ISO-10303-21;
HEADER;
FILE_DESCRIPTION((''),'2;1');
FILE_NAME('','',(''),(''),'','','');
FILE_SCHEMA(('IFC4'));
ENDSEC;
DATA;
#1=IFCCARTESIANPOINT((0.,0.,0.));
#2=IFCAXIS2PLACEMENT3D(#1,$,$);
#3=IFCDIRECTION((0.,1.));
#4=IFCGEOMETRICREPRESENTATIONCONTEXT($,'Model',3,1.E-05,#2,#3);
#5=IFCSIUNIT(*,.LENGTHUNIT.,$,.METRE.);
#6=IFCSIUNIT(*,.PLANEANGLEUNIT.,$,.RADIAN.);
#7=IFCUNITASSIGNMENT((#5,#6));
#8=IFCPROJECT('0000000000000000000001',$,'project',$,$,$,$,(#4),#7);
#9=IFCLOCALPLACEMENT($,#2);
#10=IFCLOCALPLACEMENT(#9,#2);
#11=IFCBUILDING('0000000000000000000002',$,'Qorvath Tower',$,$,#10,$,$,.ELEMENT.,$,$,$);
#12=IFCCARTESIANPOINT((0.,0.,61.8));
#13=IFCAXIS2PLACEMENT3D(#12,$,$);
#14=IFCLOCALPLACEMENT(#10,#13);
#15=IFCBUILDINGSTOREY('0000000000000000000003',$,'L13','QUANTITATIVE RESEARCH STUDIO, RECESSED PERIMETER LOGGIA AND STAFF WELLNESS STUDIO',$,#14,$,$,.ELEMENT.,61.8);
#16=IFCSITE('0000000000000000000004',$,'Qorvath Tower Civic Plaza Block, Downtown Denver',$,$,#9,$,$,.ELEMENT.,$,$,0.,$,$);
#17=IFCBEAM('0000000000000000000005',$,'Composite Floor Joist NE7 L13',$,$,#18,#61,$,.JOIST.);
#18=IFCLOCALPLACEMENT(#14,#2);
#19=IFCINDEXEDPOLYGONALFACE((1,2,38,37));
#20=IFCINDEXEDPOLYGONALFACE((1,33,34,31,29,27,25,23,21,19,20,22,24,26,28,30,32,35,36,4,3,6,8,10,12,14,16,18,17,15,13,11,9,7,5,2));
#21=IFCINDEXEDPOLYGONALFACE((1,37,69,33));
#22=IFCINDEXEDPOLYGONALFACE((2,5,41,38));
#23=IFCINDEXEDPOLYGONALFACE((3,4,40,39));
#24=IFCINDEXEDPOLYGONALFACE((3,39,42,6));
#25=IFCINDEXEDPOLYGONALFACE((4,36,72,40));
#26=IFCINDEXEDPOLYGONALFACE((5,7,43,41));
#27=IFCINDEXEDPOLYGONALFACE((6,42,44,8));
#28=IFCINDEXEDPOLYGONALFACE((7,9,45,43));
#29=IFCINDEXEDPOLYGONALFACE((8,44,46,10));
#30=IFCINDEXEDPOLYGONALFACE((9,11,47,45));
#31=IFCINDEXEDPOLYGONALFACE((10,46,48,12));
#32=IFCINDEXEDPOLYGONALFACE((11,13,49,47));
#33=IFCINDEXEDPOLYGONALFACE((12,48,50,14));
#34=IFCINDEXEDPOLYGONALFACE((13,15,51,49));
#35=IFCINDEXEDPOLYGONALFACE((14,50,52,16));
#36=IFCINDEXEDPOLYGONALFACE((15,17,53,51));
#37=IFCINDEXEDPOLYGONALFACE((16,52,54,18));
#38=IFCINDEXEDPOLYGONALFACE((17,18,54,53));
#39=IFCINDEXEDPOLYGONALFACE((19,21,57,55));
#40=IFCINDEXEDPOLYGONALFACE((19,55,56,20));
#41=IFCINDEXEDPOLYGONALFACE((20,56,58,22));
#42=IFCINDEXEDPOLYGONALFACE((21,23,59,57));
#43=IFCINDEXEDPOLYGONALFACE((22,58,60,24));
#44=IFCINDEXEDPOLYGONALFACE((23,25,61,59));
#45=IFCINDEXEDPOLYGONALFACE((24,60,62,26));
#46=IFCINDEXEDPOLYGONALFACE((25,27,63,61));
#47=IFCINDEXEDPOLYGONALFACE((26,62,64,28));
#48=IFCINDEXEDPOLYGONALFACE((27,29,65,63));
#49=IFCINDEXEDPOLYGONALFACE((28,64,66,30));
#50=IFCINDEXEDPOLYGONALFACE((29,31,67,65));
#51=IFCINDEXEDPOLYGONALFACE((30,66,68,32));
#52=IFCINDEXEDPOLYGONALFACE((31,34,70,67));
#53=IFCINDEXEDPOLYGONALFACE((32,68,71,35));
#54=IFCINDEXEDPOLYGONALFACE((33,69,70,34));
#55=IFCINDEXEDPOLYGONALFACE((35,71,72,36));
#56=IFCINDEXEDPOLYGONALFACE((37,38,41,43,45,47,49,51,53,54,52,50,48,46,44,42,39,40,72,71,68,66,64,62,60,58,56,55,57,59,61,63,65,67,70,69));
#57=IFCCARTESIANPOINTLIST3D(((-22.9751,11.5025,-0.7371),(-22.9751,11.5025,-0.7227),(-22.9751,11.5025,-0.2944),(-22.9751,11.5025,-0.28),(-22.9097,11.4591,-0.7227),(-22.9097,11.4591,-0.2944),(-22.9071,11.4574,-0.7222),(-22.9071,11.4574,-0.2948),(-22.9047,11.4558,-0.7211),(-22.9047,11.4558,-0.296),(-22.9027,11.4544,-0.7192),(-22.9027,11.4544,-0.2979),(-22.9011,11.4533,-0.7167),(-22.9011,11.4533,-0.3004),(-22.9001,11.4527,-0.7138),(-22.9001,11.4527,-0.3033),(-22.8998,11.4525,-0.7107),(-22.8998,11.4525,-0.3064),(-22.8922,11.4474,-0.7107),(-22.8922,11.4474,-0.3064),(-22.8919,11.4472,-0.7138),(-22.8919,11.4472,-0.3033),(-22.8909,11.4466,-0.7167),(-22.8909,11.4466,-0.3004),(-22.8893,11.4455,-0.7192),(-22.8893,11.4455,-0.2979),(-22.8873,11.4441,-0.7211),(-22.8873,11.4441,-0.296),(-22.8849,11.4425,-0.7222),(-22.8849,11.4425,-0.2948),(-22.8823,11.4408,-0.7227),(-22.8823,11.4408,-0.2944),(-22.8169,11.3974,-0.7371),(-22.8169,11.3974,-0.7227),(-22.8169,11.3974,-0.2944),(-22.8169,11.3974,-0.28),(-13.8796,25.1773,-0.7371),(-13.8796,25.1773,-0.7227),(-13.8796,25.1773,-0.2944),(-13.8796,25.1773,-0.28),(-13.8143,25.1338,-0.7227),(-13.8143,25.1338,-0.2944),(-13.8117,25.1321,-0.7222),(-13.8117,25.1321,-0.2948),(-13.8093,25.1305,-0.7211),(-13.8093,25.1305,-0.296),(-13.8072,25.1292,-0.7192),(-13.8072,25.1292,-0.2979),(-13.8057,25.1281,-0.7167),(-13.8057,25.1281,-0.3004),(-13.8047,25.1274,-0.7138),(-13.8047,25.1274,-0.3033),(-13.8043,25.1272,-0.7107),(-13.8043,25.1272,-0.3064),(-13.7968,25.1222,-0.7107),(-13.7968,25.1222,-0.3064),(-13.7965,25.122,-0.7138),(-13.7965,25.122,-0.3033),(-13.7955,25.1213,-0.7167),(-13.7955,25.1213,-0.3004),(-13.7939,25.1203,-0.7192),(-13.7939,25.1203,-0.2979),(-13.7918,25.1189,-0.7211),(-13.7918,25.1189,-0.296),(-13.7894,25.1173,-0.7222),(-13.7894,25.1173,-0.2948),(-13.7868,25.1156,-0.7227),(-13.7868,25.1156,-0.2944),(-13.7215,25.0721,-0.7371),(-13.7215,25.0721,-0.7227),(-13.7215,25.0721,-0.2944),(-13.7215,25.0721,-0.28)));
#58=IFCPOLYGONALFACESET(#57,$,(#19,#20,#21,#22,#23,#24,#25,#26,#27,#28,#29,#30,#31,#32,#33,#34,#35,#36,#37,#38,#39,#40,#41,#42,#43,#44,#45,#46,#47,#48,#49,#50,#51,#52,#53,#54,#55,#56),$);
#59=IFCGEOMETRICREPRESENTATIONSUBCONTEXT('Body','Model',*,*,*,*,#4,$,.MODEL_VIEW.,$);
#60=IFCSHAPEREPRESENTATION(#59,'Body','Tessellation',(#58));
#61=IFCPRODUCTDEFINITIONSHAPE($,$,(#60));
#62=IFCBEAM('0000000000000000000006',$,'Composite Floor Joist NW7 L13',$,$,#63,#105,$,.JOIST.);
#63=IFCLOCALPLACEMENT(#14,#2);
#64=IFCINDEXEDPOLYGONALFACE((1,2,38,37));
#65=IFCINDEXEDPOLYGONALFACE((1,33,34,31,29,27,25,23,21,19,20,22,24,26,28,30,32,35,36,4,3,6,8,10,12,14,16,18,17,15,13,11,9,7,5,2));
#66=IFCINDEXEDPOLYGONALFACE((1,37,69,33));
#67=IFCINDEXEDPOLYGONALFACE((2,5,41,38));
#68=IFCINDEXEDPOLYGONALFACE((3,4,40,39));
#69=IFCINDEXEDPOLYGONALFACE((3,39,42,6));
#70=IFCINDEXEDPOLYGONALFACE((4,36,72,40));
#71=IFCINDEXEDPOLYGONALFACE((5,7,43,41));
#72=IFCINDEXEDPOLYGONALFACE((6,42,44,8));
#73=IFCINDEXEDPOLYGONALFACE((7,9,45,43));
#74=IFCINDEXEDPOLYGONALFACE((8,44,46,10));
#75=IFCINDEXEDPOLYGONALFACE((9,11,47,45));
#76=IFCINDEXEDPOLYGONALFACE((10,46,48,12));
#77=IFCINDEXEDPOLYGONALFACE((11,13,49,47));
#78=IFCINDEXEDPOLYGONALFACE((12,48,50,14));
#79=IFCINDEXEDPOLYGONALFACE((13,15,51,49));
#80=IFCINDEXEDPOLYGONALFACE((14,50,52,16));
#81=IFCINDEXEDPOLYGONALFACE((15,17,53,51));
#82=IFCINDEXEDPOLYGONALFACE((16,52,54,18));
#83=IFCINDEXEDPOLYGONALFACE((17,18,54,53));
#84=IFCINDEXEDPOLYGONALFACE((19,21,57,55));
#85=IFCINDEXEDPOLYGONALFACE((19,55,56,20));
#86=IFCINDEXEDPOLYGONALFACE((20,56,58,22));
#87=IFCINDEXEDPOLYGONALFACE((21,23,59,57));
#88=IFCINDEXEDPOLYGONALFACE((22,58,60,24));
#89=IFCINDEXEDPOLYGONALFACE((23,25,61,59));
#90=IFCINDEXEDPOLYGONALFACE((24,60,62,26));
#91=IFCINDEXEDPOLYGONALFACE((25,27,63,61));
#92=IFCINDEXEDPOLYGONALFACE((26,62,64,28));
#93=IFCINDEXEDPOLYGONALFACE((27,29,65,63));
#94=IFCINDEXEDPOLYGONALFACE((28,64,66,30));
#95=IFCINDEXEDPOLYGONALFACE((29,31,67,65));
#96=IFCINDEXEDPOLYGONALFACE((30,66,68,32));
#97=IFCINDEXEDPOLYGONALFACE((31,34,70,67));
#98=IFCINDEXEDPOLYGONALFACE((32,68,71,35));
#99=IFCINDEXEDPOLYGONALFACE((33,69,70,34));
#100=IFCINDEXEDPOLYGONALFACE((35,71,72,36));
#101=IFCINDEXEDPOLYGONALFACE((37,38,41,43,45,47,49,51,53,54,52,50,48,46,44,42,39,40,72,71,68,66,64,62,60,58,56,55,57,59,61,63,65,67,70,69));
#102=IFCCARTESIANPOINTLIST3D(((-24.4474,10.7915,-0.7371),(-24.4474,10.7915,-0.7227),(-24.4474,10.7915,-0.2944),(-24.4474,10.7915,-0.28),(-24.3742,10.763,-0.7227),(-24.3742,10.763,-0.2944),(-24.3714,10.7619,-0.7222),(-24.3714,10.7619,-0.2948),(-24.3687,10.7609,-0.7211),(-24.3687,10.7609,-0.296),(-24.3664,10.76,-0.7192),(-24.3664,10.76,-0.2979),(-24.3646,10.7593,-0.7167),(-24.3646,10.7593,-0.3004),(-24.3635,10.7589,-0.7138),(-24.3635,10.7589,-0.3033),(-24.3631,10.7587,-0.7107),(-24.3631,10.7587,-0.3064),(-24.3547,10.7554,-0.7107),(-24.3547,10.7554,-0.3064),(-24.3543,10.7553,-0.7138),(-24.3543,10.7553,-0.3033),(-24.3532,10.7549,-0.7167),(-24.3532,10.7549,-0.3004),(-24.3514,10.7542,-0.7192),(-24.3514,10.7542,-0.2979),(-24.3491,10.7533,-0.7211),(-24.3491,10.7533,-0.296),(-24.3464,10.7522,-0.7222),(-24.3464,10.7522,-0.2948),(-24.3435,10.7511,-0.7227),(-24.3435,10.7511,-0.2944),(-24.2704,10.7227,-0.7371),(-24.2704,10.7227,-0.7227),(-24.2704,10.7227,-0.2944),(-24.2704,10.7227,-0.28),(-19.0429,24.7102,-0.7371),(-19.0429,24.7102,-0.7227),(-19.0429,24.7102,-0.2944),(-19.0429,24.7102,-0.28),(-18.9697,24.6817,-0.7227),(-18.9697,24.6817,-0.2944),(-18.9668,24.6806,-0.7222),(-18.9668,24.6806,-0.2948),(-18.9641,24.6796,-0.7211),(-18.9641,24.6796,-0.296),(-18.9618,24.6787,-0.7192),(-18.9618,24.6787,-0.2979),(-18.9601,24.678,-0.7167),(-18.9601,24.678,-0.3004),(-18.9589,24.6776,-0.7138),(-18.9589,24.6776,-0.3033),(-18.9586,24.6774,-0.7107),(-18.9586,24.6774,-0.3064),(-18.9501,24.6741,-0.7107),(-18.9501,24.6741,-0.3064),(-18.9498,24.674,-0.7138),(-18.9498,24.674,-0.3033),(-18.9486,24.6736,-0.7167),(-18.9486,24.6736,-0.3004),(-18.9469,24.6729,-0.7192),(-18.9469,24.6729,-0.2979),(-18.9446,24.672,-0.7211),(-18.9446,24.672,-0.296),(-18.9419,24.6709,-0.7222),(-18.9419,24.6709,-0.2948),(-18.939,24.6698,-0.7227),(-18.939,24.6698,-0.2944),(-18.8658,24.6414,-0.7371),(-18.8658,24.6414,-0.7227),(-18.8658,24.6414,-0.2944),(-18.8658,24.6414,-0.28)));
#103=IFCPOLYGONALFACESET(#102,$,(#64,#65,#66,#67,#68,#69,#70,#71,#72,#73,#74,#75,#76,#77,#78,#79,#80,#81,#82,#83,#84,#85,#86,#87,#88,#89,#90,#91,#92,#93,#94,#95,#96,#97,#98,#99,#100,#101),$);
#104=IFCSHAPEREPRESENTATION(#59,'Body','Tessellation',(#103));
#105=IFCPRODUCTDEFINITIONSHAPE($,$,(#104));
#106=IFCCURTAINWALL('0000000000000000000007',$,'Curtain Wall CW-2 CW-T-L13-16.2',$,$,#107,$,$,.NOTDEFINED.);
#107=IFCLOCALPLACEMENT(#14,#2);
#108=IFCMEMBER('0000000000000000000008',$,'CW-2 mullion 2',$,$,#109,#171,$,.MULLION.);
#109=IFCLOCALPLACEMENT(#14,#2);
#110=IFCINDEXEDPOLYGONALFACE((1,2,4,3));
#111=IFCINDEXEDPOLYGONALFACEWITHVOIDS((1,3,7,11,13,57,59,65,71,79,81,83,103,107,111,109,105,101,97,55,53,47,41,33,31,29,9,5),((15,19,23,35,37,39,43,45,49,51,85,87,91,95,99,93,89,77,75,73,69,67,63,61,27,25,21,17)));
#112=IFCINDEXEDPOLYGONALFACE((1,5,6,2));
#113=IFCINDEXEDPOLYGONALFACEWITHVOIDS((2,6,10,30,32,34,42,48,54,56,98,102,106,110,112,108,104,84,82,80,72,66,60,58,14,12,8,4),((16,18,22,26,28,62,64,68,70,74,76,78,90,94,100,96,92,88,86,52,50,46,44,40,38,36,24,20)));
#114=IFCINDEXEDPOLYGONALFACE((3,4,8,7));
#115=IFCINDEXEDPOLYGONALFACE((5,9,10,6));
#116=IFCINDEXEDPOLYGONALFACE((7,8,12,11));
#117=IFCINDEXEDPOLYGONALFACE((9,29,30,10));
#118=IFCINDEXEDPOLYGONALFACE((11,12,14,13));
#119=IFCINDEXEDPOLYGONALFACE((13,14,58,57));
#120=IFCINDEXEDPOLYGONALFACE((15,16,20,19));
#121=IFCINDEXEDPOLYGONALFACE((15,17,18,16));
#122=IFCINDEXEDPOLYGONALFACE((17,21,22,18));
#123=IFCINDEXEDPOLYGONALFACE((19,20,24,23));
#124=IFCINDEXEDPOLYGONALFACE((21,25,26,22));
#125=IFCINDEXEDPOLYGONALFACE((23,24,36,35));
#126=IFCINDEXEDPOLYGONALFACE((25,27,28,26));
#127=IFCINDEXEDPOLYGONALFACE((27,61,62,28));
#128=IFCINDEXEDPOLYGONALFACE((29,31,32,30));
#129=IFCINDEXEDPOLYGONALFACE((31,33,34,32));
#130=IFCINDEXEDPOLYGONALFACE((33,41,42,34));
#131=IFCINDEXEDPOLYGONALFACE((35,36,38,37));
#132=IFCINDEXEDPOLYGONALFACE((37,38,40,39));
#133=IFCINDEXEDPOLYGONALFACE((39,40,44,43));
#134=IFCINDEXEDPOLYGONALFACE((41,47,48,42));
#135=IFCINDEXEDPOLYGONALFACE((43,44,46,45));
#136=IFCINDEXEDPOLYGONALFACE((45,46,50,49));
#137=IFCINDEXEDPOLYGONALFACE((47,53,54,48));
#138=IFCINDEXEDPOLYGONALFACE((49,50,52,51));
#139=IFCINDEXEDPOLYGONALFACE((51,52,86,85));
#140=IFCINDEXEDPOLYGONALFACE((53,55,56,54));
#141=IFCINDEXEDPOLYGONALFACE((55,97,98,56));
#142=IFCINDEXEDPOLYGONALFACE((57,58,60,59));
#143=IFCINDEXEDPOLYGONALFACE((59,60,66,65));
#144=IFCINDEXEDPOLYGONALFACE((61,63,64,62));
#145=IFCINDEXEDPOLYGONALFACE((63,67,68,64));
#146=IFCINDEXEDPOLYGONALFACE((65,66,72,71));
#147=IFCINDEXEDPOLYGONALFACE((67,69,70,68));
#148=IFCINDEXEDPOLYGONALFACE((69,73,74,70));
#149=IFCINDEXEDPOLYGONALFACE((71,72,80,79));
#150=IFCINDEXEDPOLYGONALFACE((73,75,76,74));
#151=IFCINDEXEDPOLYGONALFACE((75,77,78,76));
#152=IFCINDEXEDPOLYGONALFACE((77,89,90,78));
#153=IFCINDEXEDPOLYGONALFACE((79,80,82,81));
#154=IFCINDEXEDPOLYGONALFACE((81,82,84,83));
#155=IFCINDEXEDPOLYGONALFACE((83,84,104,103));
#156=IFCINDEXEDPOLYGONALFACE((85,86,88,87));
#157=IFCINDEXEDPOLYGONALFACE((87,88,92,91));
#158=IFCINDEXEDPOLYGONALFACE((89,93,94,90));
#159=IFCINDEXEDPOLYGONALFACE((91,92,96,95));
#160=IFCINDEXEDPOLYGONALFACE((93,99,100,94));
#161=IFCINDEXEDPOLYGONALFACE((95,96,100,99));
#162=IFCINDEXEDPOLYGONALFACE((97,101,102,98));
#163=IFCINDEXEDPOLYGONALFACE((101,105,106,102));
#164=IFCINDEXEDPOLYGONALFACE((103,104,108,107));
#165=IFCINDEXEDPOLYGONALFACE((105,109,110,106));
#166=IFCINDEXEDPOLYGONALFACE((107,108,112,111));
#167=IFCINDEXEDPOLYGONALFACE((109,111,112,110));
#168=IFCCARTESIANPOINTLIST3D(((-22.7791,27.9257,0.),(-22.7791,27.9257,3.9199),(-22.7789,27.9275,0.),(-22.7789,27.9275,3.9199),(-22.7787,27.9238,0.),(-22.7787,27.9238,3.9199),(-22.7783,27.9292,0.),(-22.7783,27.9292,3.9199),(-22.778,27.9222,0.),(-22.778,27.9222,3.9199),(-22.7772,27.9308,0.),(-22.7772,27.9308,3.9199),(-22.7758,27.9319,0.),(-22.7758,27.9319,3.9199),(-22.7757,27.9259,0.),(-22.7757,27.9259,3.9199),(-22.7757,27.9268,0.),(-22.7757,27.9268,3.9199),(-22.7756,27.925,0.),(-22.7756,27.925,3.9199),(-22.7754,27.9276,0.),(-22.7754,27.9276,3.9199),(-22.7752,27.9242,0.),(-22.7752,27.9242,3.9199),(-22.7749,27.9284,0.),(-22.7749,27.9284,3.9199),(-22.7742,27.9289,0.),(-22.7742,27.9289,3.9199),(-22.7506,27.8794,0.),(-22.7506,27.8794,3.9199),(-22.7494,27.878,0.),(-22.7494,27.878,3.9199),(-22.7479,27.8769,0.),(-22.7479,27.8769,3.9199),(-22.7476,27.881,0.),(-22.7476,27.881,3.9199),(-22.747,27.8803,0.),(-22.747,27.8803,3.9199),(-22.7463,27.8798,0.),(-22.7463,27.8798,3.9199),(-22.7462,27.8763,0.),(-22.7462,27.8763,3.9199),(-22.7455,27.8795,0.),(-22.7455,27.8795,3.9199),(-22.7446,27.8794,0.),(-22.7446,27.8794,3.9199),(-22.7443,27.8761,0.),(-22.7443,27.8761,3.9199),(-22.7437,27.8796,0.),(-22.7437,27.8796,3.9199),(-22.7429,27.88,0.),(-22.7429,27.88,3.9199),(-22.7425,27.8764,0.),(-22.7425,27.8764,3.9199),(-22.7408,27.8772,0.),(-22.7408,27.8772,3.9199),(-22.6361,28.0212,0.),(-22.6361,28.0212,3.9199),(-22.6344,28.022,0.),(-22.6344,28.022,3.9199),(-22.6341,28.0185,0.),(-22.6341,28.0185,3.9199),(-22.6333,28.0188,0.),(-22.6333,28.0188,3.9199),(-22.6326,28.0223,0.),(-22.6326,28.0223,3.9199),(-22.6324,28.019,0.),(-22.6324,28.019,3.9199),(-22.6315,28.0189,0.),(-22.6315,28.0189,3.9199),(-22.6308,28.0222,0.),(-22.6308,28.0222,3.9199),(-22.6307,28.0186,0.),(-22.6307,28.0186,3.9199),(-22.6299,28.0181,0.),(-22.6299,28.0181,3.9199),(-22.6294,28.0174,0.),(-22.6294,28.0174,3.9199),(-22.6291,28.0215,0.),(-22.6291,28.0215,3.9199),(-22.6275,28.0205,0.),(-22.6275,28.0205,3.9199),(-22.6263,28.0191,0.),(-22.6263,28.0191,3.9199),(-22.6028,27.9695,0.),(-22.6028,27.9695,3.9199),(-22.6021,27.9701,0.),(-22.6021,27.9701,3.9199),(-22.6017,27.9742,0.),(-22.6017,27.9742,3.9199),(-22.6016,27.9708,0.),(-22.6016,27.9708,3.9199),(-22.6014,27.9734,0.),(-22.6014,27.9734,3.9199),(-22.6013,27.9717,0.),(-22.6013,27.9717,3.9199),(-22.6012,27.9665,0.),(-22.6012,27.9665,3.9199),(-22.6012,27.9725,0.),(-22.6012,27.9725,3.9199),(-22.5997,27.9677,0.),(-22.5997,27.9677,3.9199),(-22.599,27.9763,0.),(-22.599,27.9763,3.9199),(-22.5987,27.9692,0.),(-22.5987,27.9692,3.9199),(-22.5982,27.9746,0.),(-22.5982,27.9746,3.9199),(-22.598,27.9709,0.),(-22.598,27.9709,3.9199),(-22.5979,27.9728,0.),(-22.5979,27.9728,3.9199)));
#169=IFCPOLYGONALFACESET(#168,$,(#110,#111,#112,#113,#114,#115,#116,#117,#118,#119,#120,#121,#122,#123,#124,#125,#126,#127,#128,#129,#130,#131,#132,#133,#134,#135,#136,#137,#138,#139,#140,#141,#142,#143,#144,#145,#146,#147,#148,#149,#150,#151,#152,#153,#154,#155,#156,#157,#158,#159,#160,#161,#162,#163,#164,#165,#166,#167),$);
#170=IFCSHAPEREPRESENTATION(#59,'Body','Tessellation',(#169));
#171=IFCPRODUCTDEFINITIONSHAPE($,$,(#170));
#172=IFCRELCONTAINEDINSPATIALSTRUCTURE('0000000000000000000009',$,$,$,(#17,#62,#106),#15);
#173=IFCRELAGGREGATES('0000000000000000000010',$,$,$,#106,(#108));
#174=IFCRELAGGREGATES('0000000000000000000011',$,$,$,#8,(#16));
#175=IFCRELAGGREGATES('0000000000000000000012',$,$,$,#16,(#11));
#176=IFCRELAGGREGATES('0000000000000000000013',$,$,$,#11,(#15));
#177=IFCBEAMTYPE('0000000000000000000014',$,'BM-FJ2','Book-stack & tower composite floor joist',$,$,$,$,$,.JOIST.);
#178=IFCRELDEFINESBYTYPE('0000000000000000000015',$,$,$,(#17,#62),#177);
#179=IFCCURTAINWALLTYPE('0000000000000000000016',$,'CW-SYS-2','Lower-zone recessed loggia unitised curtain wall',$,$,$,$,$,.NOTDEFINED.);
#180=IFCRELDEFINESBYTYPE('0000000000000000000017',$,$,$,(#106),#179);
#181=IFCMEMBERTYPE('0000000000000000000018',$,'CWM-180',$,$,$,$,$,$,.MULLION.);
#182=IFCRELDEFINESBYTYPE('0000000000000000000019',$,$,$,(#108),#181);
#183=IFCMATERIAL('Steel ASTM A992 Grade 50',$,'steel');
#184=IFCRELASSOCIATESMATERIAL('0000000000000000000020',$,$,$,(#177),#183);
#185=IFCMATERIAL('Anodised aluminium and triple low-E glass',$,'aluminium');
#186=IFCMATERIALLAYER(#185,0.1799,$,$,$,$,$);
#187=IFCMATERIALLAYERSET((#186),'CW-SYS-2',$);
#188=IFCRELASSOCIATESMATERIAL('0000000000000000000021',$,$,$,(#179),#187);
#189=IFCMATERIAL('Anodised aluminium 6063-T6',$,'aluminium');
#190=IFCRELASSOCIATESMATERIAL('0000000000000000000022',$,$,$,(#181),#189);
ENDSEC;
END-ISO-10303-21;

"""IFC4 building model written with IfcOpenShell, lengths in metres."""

from ifc_helpers import new_model, si_unit, direction, frame, origin, origin_2d, place, context, subcontext, project, spatial, hollow_rectangle, i_section, extrude, material, layer, layer_set, material_profile, profile_set, type_object, element, aggregate, save


model = new_model("IFC4")

# Units and contexts
model_context = context("Model", 3, precision=1e-05, world=origin(), true_north=direction((0.0, 1.0)))
body_context = subcontext(model_context, "Body", "Model", "MODEL_VIEW")
ifc_project = project(units=[si_unit("LENGTHUNIT", "METRE"), si_unit("PLANEANGLEUNIT", "RADIAN")], contexts=[model_context])

# Site, building, storey
site_placement = place(None, origin())
site = spatial("IfcSite", under=ifc_project, at=site_placement, Name="Qorvath Tower Civic Plaza Block, Downtown Denver", CompositionType="ELEMENT", RefElevation=0.0)
building_placement = place(site_placement, origin())
building = spatial("IfcBuilding", under=site, at=building_placement, Name="Qorvath Tower", CompositionType="ELEMENT")
storey_placement = place(building_placement, frame((0.0, 0.0, 61.8)))
storey = spatial("IfcBuildingStorey", under=building, at=storey_placement, Name="L13", Description="QUANTITATIVE RESEARCH STUDIO, RECESSED PERIMETER LOGGIA AND STAFF WELLNESS STUDIO", CompositionType="ELEMENT", Elevation=61.8)

# Beams
ifc_material_1 = material(Name="Steel ASTM A992 Grade 50", Category="steel")
ifc_material_profile_1 = material_profile(ifc_material_1, i_section(OverallWidth=0.1899, OverallDepth=0.457, WebThickness=0.009, FlangeThickness=0.0144, FilletRadius=0.012, at=origin_2d()), Name="W18x50")
ifc_profile_set_1 = profile_set([ifc_material_profile_1], Name="Steel ASTM A992 Grade 50")
beam_type_1 = type_object("IfcBeamType", Name="BM-FJ2", Description="Book-stack & tower composite floor joist", PredefinedType="JOIST", material=ifc_profile_set_1)
beam_1_placement = place(storey_placement, frame((-22.896, 11.45, -0.5085), z_axis=(0.553811, 0.832642, 0.0), x_axis=(-0.832642, 0.553811, 0.0)))
element("IfcBeam", 1, at=beam_1_placement, inside=storey, type_object=beam_type_1, Name="Composite Floor Joist NE7 L13", PredefinedType="JOIST", context=body_context, shape_type="SweptSolid", body=[
    extrude(i_section(OverallWidth=0.1899, OverallDepth=0.457, WebThickness=0.009, FlangeThickness=0.0144, FilletRadius=0.012, at=origin_2d()), origin(), (0.0, 0.0, 1.0), 16.4233),
])
beam_2_placement = place(storey_placement, frame((-24.3589, 10.7571, -0.5085), z_axis=(0.361964, 0.932192, 0.0), x_axis=(-0.932192, 0.361964, 0.0)))
element("IfcBeam", 2, at=beam_2_placement, inside=storey, type_object=beam_type_1, Name="Composite Floor Joist NW7 L13", PredefinedType="JOIST", context=body_context, shape_type="SweptSolid", body=[
    extrude(i_section(OverallWidth=0.1899, OverallDepth=0.457, WebThickness=0.009, FlangeThickness=0.0144, FilletRadius=0.012, at=origin_2d()), origin(), (0.0, 0.0, 1.0), 14.9312),
])

# Curtain wall, member
ifc_material_2 = material(Name="Anodised aluminium and triple low-E glass", Category="aluminium")
ifc_layer_1 = layer(ifc_material_2, 0.1799)
ifc_layer_set_1 = layer_set([ifc_layer_1], Name="CW-SYS-2")
curtain_wall_type = type_object("IfcCurtainWallType", Name="CW-SYS-2", Description="Lower-zone recessed loggia unitised curtain wall", PredefinedType="NOTDEFINED", material=ifc_layer_set_1)
curtain_wall_placement = place(storey_placement, origin())
curtain_wall = element("IfcCurtainWall", 3, at=curtain_wall_placement, inside=storey, type_object=curtain_wall_type, Name="Curtain Wall CW-2 CW-T-L13-16.2", PredefinedType="NOTDEFINED")
ifc_material_3 = material(Name="Anodised aluminium 6063-T6", Category="aluminium")
ifc_material_profile_2 = material_profile(ifc_material_3, hollow_rectangle(XDim=0.0649, YDim=0.1799, WallThickness=0.0034, InnerFilletRadius=0.0034, OuterFilletRadius=0.0071, at=origin_2d()), Name="CWM 180x65")
ifc_profile_set_2 = profile_set([ifc_material_profile_2], Name="Anodised aluminium 6063-T6")
member_type_1 = type_object("IfcMemberType", Name="CWM-180", PredefinedType="MULLION", material=ifc_profile_set_2)
member_1_placement = place(storey_placement, frame((-22.6885, 27.9492, 0.0), z_axis=(0.0, 0.0, 1.0), x_axis=(0.538539, -0.8426, 0.0)))
member_1 = element("IfcMember", 4, at=member_1_placement, type_object=member_type_1, Name="CW-2 mullion 2", PredefinedType="MULLION", context=body_context, shape_type="SweptSolid", body=[
    extrude(hollow_rectangle(XDim=0.0649, YDim=0.1799, WallThickness=0.0034, InnerFilletRadius=0.0034, OuterFilletRadius=0.0071, at=origin_2d()), origin(), (0.0, 0.0, 1.0), 3.9199),
])
aggregate(curtain_wall, [member_1])

save(model, "model.ifc")
